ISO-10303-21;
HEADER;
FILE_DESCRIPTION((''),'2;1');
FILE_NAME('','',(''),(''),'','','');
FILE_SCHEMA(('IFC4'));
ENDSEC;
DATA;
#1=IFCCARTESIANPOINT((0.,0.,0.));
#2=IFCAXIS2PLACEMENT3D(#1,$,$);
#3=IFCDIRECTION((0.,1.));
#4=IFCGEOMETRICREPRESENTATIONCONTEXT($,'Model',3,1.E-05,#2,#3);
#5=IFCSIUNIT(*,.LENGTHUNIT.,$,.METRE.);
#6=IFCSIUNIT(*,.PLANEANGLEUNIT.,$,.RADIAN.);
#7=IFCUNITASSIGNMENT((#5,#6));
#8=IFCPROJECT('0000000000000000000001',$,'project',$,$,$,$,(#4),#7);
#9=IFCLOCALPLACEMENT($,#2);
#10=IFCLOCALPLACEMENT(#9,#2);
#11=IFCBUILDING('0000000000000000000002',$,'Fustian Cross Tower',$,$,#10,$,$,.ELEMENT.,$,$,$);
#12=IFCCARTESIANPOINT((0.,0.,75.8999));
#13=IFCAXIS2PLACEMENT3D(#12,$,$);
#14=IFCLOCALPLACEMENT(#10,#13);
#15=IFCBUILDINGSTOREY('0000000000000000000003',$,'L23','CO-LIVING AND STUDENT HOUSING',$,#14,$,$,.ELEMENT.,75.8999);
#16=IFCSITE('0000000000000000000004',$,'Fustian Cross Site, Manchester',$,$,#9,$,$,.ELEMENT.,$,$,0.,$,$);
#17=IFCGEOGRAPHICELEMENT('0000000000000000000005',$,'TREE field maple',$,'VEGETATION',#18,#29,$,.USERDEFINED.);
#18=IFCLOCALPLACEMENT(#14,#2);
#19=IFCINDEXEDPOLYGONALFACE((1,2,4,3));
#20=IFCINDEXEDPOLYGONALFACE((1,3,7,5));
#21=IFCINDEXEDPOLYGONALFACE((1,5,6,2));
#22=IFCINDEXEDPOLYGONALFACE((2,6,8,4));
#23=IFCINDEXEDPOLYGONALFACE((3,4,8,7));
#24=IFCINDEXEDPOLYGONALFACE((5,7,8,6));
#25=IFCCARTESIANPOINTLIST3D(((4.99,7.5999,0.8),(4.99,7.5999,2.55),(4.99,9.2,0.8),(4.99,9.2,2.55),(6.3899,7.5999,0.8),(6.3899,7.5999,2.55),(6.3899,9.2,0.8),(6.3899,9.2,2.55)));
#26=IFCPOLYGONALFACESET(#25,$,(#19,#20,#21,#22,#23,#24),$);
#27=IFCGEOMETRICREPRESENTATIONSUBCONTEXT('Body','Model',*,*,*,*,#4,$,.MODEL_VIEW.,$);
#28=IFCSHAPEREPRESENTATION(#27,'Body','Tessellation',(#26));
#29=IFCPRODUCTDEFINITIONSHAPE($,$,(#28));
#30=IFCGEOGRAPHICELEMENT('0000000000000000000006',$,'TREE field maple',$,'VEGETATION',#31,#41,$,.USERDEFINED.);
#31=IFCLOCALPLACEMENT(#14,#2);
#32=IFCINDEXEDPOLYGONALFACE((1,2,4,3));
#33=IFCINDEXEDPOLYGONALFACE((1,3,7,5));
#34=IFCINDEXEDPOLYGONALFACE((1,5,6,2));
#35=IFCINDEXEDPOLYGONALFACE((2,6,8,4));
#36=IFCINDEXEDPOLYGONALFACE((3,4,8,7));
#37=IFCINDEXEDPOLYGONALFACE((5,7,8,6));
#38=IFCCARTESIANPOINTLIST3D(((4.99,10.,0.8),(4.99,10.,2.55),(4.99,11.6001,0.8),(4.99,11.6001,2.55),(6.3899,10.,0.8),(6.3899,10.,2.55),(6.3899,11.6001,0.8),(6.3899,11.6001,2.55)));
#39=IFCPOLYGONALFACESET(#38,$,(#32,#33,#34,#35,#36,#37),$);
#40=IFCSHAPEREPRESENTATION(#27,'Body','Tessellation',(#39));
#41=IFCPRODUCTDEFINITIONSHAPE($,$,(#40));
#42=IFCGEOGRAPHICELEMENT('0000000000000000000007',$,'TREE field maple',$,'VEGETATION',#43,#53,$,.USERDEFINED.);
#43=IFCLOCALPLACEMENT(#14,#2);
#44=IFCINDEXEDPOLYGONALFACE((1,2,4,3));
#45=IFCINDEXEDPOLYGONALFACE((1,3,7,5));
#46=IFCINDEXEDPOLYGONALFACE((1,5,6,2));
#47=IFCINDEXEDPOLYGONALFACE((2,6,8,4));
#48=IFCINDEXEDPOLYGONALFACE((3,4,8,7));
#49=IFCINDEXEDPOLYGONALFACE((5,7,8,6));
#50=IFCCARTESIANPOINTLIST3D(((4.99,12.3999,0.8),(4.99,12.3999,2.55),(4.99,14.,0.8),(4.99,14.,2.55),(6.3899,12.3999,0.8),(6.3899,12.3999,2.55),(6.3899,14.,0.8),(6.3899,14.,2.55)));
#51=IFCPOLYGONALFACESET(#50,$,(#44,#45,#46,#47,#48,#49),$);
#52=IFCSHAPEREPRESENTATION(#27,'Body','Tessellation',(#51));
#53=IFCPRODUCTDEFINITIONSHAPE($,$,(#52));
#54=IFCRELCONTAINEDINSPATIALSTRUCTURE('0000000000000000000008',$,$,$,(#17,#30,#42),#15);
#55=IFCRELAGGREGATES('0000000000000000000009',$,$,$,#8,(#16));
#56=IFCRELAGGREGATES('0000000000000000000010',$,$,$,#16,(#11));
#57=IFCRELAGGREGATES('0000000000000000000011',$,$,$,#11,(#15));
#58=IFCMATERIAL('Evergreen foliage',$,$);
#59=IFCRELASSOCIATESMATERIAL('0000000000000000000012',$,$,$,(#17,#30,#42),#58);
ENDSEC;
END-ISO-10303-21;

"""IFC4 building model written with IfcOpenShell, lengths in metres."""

from ifc_helpers import new_model, si_unit, direction, frame, origin, origin_2d, place, context, subcontext, project, spatial, rectangle, extrude, material, element, save


model = new_model("IFC4")

# Units and contexts
model_context = context("Model", 3, precision=1e-05, world=origin(), true_north=direction((0.0, 1.0)))
body_context = subcontext(model_context, "Body", "Model", "MODEL_VIEW")
ifc_project = project(units=[si_unit("LENGTHUNIT", "METRE"), si_unit("PLANEANGLEUNIT", "RADIAN")], contexts=[model_context])

# Site, building, storey
site_placement = place(None, origin())
site = spatial("IfcSite", under=ifc_project, at=site_placement, Name="Fustian Cross Site, Manchester", CompositionType="ELEMENT", RefElevation=0.0)
building_placement = place(site_placement, origin())
building = spatial("IfcBuilding", under=site, at=building_placement, Name="Fustian Cross Tower", CompositionType="ELEMENT")
storey_placement = place(building_placement, frame((0.0, 0.0, 75.8999)))
storey = spatial("IfcBuildingStorey", under=building, at=storey_placement, Name="L23", Description="CO-LIVING AND STUDENT HOUSING", CompositionType="ELEMENT", Elevation=75.8999)

# Geographic elements
ifc_material_1 = material(Name="Evergreen foliage")
for number, where, z_axis, x_axis, name in (
    (1, (5.6899, 8.3999, 0.8), (0.0, 0.0, 1.0), (1.0, 0.0, 0.0), "TREE field maple"),
    (2, (5.6899, 10.8, 0.8), (0.0, 0.0, 1.0), (1.0, 0.0, 0.0), "TREE field maple"),
    (3, (5.6899, 13.2, 0.8), (0.0, 0.0, 1.0), (1.0, 0.0, 0.0), "TREE field maple"),
):
    element("IfcGeographicElement", number, at=place(storey_placement, frame(where, z_axis=z_axis, x_axis=x_axis)), inside=storey, material=ifc_material_1, Name=name, ObjectType="VEGETATION", PredefinedType="USERDEFINED", context=body_context, shape_type="SweptSolid", body=[
        extrude(rectangle(XDim=1.3999, YDim=1.6001, at=origin_2d()), origin(), (0.0, 0.0, 1.0), 1.75),
    ])

save(model, "model.ifc")
